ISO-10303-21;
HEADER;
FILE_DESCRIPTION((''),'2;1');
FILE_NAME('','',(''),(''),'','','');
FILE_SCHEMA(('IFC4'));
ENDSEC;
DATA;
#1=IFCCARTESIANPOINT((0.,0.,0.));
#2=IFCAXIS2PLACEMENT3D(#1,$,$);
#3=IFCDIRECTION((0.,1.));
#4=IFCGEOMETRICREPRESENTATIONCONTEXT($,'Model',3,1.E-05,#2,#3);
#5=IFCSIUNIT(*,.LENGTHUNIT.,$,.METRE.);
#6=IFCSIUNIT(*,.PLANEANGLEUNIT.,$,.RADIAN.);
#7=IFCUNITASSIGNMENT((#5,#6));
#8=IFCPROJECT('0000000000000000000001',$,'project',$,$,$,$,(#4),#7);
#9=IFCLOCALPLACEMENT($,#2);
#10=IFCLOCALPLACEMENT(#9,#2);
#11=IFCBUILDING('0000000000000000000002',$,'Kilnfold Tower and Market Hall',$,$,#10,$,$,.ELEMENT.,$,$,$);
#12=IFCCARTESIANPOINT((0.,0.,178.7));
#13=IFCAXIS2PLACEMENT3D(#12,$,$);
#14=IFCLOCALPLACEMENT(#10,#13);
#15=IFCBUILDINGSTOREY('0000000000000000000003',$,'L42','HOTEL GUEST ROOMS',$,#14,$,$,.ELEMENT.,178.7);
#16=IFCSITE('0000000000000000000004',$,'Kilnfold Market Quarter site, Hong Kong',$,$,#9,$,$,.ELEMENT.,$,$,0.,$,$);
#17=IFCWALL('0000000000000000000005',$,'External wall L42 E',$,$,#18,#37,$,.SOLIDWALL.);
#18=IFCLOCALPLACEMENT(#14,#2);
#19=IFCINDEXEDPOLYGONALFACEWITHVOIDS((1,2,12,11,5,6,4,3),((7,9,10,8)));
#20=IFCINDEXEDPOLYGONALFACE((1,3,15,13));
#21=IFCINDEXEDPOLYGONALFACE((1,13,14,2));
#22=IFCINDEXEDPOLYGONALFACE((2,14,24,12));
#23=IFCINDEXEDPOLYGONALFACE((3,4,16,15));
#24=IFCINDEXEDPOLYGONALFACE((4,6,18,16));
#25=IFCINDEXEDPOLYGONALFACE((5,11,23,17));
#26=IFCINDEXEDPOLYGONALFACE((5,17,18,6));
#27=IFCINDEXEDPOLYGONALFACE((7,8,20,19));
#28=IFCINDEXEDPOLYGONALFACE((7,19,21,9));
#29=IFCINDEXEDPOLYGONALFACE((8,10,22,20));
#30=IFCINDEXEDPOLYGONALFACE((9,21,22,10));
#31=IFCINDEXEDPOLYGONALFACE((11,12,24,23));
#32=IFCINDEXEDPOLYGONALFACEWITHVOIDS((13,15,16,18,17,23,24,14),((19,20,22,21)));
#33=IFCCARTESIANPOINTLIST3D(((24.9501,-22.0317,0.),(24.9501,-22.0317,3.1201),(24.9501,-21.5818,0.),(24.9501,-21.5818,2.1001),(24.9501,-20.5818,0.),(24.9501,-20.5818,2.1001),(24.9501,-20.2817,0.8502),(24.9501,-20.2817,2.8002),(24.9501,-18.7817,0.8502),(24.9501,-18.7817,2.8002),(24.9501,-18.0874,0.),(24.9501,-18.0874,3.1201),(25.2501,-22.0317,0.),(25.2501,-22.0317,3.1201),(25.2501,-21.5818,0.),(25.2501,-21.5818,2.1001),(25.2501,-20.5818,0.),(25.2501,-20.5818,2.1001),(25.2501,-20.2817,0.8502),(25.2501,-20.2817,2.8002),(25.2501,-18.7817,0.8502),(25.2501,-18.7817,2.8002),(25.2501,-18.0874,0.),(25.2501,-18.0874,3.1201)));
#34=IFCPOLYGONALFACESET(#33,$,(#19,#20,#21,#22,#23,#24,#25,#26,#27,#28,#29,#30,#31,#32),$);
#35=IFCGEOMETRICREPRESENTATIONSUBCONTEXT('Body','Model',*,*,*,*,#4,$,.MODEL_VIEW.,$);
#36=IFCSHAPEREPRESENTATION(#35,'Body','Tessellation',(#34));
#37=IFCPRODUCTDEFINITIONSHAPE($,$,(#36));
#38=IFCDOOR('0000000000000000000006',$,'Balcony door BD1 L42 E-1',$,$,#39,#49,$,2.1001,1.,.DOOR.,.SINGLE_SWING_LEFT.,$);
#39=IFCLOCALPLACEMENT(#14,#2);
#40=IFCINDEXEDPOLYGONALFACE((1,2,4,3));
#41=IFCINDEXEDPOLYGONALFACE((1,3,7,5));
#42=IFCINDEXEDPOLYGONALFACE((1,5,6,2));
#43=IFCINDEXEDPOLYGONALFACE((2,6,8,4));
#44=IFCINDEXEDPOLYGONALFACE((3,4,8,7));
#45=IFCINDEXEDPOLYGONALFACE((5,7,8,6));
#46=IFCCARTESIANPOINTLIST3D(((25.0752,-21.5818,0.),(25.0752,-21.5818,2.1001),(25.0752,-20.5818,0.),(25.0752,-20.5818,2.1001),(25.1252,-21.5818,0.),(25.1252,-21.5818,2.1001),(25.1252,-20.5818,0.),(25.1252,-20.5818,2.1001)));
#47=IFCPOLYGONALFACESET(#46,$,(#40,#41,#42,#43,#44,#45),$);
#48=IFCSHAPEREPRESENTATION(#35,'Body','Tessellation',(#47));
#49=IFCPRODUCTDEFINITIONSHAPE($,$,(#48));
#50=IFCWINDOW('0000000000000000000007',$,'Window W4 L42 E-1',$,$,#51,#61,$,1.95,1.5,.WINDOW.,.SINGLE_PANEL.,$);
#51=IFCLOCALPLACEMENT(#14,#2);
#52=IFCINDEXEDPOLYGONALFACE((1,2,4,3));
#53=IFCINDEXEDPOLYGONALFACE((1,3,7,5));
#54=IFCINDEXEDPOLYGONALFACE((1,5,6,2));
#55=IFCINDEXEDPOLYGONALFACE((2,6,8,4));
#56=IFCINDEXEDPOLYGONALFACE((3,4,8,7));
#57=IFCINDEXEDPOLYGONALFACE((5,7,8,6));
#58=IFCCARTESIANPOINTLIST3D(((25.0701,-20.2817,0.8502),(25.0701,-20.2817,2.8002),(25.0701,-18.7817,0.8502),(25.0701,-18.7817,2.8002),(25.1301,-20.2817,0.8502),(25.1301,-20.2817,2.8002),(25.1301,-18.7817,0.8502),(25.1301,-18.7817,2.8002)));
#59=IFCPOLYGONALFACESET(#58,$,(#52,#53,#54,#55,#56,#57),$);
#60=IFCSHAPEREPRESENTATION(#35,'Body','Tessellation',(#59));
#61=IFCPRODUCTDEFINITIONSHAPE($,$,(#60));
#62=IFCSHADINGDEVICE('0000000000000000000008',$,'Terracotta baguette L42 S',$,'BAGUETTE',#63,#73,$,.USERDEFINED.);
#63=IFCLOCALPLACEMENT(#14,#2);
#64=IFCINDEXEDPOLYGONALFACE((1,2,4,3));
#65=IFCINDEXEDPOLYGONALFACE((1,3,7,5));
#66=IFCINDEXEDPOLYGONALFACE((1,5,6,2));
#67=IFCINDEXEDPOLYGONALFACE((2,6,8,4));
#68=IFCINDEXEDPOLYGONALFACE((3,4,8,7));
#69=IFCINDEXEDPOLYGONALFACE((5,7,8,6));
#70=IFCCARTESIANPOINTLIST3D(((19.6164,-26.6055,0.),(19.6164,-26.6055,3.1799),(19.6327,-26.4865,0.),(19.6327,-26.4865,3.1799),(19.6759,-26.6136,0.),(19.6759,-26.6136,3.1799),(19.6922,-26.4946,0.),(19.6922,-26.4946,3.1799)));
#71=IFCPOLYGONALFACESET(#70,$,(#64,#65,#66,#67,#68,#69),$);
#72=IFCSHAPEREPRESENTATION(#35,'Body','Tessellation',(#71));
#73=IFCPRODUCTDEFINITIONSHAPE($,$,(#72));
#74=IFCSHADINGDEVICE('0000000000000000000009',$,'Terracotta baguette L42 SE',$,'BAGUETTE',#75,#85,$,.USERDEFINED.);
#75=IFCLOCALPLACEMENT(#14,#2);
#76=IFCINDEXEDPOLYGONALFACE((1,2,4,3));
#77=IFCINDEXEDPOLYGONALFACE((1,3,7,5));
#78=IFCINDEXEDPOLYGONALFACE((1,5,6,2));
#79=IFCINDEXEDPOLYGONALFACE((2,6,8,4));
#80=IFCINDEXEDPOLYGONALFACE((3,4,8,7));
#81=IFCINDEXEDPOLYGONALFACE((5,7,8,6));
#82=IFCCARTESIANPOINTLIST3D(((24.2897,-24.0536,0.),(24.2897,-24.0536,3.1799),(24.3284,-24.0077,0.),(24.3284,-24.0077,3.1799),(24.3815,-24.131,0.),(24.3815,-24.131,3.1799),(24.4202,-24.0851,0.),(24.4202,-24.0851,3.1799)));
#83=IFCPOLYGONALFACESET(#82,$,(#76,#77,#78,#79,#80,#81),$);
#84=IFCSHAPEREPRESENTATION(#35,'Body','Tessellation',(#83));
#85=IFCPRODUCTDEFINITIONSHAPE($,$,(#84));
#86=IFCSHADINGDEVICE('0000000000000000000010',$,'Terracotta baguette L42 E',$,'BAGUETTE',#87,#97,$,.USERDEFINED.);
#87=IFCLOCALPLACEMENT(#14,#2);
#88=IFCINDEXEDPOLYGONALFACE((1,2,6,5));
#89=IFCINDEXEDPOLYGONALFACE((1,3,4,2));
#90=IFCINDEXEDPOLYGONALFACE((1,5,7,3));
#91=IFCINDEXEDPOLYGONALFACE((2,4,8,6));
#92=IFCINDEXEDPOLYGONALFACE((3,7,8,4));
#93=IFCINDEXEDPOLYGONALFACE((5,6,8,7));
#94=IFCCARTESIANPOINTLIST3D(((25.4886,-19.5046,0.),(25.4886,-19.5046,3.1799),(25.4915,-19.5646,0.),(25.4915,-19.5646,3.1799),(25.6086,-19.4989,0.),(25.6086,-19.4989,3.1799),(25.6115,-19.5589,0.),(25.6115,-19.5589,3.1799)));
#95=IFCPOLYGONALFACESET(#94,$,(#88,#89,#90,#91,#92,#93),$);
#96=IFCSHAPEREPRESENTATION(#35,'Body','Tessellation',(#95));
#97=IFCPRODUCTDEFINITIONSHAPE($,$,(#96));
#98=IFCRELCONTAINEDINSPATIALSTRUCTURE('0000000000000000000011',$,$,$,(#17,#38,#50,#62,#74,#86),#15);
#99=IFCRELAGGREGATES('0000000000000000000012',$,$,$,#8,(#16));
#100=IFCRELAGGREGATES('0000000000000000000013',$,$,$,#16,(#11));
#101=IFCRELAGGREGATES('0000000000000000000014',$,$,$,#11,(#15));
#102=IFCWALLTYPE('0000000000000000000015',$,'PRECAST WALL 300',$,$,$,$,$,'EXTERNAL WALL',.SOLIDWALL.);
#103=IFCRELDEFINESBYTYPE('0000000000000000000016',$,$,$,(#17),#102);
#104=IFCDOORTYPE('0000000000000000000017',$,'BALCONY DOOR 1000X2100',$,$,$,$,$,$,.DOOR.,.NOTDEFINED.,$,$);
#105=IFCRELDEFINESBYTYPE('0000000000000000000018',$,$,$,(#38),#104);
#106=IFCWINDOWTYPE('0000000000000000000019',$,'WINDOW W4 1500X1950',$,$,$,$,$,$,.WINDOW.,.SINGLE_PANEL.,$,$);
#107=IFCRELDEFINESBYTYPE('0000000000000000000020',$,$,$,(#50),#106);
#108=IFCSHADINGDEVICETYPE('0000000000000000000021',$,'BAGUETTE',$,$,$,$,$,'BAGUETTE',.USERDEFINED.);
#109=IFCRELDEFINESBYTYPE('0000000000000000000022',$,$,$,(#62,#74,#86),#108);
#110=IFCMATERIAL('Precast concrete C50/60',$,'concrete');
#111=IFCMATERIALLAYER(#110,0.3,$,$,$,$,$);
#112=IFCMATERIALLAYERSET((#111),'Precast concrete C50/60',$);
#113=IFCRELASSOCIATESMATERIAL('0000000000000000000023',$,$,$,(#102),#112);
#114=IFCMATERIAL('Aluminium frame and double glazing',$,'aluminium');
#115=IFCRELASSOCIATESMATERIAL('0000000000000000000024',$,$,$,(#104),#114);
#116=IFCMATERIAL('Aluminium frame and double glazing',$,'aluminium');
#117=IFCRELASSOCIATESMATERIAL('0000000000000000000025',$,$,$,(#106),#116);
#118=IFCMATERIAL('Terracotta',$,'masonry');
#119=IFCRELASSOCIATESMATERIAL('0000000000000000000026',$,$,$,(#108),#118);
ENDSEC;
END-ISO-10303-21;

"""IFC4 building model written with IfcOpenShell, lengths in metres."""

from ifc_helpers import new_model, si_unit, direction, frame, frame_2d, origin, origin_2d, place, context, subcontext, project, spatial, rectangle, extrude, source, transform, mapped, material, layer, layer_set, material_profile, profile_set, type_object, element, fill, save


model = new_model("IFC4")

# Units and contexts
model_context = context("Model", 3, precision=1e-05, world=origin(), true_north=direction((0.0, 1.0)))
body_context = subcontext(model_context, "Body", "Model", "MODEL_VIEW")
ifc_project = project(units=[si_unit("LENGTHUNIT", "METRE"), si_unit("PLANEANGLEUNIT", "RADIAN")], contexts=[model_context])

# Site, building, storey
site_placement = place(None, origin())
site = spatial("IfcSite", under=ifc_project, at=site_placement, Name="Kilnfold Market Quarter site, Hong Kong", CompositionType="ELEMENT", RefElevation=0.0)
building_placement = place(site_placement, origin())
building = spatial("IfcBuilding", under=site, at=building_placement, Name="Kilnfold Tower and Market Hall", CompositionType="ELEMENT")
storey_placement = place(building_placement, frame((0.0, 0.0, 178.7)))
storey = spatial("IfcBuildingStorey", under=building, at=storey_placement, Name="L42", Description="HOTEL GUEST ROOMS", CompositionType="ELEMENT", Elevation=178.7)

# Wall, openings, door, window
ifc_material_1 = material(Name="Precast concrete C50/60", Category="concrete")
ifc_layer_1 = layer(ifc_material_1, 0.3)
ifc_layer_set_1 = layer_set([ifc_layer_1], Name="Precast concrete C50/60")
wall_type_1 = type_object("IfcWallType", Name="PRECAST WALL 300", ElementType="EXTERNAL WALL", PredefinedType="SOLIDWALL", material=ifc_layer_set_1)
ifc_material_2 = material(Name="Aluminium frame and double glazing", Category="aluminium")
door_type_1 = type_object("IfcDoorType", Name="BALCONY DOOR 1000X2100", OperationType="NOTDEFINED", PredefinedType="DOOR", material=ifc_material_2)
ifc_material_3 = material(Name="Aluminium frame and double glazing", Category="aluminium")
window_type = type_object("IfcWindowType", Name="WINDOW W4 1500X1950", PartitioningType="SINGLE_PANEL", PredefinedType="WINDOW", material=ifc_material_3)
shared_shape_1 = source(origin(), body_context, "Body", "SweptSolid", [
    extrude(rectangle(XDim=3.9443, YDim=0.3, at=frame_2d((1.9722, 0.0))), origin(), (0.0, 0.0, 1.0), 3.1201),
])
wall_1_placement = place(storey_placement, frame((25.1001, -22.0317, 0.0), z_axis=(0.0, 0.0, 1.0), x_axis=(0.0, 1.0, 0.0)))
wall_1 = element("IfcWall", 1, at=wall_1_placement, inside=storey, type_object=wall_type_1, Name="External wall L42 E", PredefinedType="SOLIDWALL", context=body_context, shape_type="MappedRepresentation", body=[
    mapped(shared_shape_1, transform((0.0, 0.0, 0.0))),
])
opening_1_placement = place(wall_1_placement, frame((1.75, 0.0, 0.8501)))
opening_1 = element("IfcOpeningElement", 2, at=opening_1_placement, cuts=wall_1, PredefinedType="OPENING", context=body_context, shape_type="SweptSolid", body=[
    extrude(rectangle(XDim=1.5, YDim=1.95, at=frame_2d((0.75, 0.9751))), frame((0.0, 0.1602, 0.0), z_axis=(0.0, -1.0, 0.0), x_axis=(1.0, 0.0, 0.0)), (0.0, 0.0, 1.0), 0.3201),
])
opening_2_placement = place(wall_1_placement, frame((0.45, 0.0, 0.0)))
opening_2 = element("IfcOpeningElement", 3, at=opening_2_placement, cuts=wall_1, PredefinedType="OPENING", context=body_context, shape_type="SweptSolid", body=[
    extrude(rectangle(XDim=1.0, YDim=2.1001, at=frame_2d((0.5, 1.05))), frame((0.0, 0.1602, 0.0), z_axis=(0.0, -1.0, 0.0), x_axis=(1.0, 0.0, 0.0)), (0.0, 0.0, 1.0), 0.3201),
])
door_1_placement = place(opening_2_placement, origin())
door_1 = element("IfcDoor", 4, at=door_1_placement, inside=storey, type_object=door_type_1, Name="Balcony door BD1 L42 E-1", OperationType="SINGLE_SWING_LEFT", OverallHeight=2.1001, OverallWidth=1.0, PredefinedType="DOOR", context=body_context, shape_type="SweptSolid", body=[
    extrude(rectangle(XDim=1.0, YDim=2.1001, at=frame_2d((0.5, 1.05))), frame((0.0, 0.0249, 0.0), z_axis=(0.0, -1.0, 0.0), x_axis=(1.0, 0.0, 0.0)), (0.0, 0.0, 1.0), 0.05),
])
fill(opening_2, door_1)
window_1_placement = place(opening_1_placement, origin())
window_1 = element("IfcWindow", 5, at=window_1_placement, inside=storey, type_object=window_type, Name="Window W4 L42 E-1", OverallHeight=1.95, OverallWidth=1.5, PartitioningType="SINGLE_PANEL", PredefinedType="WINDOW", context=body_context, shape_type="SweptSolid", body=[
    extrude(rectangle(XDim=1.5, YDim=1.95, at=frame_2d((0.75, 0.9751))), frame((0.0, 0.03, 0.0), z_axis=(0.0, -1.0, 0.0), x_axis=(1.0, 0.0, 0.0)), (0.0, 0.0, 1.0), 0.0601),
])
fill(opening_1, window_1)

# Shading devices
ifc_material_4 = material(Name="Terracotta", Category="masonry")
ifc_material_profile_1 = material_profile(ifc_material_4, rectangle(XDim=0.0601, YDim=0.1201, at=origin_2d()), Name="BAG 60x120")
ifc_profile_set_1 = profile_set([ifc_material_profile_1], Name="Terracotta")
shading_device_type = type_object("IfcShadingDeviceType", Name="BAGUETTE", ElementType="BAGUETTE", PredefinedType="USERDEFINED", material=ifc_profile_set_1)
shared_shape_2 = source(origin(), body_context, "Body", "SweptSolid", [
    extrude(rectangle(XDim=0.0601, YDim=0.1201, at=origin_2d()), origin(), (0.0, 0.0, 1.0), 3.1799),
])
for number, where, z_axis, x_axis, name in (
    (6, (19.6543, -26.55, 0.0), (0.0, 0.0, 1.0), (0.990803, -0.135311, 0.0), "Terracotta baguette L42 S"),
    (7, (24.355, -24.0693, 0.0), (0.0, 0.0, 1.0), (0.644768, 0.764378, 0.0), "Terracotta baguette L42 SE"),
    (8, (25.55, -19.5317, 0.0), (0.0, 0.0, 1.0), (-0.046929, 0.998898, 0.0), "Terracotta baguette L42 E"),
):
    element("IfcShadingDevice", number, at=place(storey_placement, frame(where, z_axis=z_axis, x_axis=x_axis)), inside=storey, type_object=shading_device_type, Name=name, ObjectType="BAGUETTE", PredefinedType="USERDEFINED", context=body_context, shape_type="MappedRepresentation", body=[
        mapped(shared_shape_2, transform((0.0, 0.0, 0.0))),
    ])

save(model, "model.ifc")
